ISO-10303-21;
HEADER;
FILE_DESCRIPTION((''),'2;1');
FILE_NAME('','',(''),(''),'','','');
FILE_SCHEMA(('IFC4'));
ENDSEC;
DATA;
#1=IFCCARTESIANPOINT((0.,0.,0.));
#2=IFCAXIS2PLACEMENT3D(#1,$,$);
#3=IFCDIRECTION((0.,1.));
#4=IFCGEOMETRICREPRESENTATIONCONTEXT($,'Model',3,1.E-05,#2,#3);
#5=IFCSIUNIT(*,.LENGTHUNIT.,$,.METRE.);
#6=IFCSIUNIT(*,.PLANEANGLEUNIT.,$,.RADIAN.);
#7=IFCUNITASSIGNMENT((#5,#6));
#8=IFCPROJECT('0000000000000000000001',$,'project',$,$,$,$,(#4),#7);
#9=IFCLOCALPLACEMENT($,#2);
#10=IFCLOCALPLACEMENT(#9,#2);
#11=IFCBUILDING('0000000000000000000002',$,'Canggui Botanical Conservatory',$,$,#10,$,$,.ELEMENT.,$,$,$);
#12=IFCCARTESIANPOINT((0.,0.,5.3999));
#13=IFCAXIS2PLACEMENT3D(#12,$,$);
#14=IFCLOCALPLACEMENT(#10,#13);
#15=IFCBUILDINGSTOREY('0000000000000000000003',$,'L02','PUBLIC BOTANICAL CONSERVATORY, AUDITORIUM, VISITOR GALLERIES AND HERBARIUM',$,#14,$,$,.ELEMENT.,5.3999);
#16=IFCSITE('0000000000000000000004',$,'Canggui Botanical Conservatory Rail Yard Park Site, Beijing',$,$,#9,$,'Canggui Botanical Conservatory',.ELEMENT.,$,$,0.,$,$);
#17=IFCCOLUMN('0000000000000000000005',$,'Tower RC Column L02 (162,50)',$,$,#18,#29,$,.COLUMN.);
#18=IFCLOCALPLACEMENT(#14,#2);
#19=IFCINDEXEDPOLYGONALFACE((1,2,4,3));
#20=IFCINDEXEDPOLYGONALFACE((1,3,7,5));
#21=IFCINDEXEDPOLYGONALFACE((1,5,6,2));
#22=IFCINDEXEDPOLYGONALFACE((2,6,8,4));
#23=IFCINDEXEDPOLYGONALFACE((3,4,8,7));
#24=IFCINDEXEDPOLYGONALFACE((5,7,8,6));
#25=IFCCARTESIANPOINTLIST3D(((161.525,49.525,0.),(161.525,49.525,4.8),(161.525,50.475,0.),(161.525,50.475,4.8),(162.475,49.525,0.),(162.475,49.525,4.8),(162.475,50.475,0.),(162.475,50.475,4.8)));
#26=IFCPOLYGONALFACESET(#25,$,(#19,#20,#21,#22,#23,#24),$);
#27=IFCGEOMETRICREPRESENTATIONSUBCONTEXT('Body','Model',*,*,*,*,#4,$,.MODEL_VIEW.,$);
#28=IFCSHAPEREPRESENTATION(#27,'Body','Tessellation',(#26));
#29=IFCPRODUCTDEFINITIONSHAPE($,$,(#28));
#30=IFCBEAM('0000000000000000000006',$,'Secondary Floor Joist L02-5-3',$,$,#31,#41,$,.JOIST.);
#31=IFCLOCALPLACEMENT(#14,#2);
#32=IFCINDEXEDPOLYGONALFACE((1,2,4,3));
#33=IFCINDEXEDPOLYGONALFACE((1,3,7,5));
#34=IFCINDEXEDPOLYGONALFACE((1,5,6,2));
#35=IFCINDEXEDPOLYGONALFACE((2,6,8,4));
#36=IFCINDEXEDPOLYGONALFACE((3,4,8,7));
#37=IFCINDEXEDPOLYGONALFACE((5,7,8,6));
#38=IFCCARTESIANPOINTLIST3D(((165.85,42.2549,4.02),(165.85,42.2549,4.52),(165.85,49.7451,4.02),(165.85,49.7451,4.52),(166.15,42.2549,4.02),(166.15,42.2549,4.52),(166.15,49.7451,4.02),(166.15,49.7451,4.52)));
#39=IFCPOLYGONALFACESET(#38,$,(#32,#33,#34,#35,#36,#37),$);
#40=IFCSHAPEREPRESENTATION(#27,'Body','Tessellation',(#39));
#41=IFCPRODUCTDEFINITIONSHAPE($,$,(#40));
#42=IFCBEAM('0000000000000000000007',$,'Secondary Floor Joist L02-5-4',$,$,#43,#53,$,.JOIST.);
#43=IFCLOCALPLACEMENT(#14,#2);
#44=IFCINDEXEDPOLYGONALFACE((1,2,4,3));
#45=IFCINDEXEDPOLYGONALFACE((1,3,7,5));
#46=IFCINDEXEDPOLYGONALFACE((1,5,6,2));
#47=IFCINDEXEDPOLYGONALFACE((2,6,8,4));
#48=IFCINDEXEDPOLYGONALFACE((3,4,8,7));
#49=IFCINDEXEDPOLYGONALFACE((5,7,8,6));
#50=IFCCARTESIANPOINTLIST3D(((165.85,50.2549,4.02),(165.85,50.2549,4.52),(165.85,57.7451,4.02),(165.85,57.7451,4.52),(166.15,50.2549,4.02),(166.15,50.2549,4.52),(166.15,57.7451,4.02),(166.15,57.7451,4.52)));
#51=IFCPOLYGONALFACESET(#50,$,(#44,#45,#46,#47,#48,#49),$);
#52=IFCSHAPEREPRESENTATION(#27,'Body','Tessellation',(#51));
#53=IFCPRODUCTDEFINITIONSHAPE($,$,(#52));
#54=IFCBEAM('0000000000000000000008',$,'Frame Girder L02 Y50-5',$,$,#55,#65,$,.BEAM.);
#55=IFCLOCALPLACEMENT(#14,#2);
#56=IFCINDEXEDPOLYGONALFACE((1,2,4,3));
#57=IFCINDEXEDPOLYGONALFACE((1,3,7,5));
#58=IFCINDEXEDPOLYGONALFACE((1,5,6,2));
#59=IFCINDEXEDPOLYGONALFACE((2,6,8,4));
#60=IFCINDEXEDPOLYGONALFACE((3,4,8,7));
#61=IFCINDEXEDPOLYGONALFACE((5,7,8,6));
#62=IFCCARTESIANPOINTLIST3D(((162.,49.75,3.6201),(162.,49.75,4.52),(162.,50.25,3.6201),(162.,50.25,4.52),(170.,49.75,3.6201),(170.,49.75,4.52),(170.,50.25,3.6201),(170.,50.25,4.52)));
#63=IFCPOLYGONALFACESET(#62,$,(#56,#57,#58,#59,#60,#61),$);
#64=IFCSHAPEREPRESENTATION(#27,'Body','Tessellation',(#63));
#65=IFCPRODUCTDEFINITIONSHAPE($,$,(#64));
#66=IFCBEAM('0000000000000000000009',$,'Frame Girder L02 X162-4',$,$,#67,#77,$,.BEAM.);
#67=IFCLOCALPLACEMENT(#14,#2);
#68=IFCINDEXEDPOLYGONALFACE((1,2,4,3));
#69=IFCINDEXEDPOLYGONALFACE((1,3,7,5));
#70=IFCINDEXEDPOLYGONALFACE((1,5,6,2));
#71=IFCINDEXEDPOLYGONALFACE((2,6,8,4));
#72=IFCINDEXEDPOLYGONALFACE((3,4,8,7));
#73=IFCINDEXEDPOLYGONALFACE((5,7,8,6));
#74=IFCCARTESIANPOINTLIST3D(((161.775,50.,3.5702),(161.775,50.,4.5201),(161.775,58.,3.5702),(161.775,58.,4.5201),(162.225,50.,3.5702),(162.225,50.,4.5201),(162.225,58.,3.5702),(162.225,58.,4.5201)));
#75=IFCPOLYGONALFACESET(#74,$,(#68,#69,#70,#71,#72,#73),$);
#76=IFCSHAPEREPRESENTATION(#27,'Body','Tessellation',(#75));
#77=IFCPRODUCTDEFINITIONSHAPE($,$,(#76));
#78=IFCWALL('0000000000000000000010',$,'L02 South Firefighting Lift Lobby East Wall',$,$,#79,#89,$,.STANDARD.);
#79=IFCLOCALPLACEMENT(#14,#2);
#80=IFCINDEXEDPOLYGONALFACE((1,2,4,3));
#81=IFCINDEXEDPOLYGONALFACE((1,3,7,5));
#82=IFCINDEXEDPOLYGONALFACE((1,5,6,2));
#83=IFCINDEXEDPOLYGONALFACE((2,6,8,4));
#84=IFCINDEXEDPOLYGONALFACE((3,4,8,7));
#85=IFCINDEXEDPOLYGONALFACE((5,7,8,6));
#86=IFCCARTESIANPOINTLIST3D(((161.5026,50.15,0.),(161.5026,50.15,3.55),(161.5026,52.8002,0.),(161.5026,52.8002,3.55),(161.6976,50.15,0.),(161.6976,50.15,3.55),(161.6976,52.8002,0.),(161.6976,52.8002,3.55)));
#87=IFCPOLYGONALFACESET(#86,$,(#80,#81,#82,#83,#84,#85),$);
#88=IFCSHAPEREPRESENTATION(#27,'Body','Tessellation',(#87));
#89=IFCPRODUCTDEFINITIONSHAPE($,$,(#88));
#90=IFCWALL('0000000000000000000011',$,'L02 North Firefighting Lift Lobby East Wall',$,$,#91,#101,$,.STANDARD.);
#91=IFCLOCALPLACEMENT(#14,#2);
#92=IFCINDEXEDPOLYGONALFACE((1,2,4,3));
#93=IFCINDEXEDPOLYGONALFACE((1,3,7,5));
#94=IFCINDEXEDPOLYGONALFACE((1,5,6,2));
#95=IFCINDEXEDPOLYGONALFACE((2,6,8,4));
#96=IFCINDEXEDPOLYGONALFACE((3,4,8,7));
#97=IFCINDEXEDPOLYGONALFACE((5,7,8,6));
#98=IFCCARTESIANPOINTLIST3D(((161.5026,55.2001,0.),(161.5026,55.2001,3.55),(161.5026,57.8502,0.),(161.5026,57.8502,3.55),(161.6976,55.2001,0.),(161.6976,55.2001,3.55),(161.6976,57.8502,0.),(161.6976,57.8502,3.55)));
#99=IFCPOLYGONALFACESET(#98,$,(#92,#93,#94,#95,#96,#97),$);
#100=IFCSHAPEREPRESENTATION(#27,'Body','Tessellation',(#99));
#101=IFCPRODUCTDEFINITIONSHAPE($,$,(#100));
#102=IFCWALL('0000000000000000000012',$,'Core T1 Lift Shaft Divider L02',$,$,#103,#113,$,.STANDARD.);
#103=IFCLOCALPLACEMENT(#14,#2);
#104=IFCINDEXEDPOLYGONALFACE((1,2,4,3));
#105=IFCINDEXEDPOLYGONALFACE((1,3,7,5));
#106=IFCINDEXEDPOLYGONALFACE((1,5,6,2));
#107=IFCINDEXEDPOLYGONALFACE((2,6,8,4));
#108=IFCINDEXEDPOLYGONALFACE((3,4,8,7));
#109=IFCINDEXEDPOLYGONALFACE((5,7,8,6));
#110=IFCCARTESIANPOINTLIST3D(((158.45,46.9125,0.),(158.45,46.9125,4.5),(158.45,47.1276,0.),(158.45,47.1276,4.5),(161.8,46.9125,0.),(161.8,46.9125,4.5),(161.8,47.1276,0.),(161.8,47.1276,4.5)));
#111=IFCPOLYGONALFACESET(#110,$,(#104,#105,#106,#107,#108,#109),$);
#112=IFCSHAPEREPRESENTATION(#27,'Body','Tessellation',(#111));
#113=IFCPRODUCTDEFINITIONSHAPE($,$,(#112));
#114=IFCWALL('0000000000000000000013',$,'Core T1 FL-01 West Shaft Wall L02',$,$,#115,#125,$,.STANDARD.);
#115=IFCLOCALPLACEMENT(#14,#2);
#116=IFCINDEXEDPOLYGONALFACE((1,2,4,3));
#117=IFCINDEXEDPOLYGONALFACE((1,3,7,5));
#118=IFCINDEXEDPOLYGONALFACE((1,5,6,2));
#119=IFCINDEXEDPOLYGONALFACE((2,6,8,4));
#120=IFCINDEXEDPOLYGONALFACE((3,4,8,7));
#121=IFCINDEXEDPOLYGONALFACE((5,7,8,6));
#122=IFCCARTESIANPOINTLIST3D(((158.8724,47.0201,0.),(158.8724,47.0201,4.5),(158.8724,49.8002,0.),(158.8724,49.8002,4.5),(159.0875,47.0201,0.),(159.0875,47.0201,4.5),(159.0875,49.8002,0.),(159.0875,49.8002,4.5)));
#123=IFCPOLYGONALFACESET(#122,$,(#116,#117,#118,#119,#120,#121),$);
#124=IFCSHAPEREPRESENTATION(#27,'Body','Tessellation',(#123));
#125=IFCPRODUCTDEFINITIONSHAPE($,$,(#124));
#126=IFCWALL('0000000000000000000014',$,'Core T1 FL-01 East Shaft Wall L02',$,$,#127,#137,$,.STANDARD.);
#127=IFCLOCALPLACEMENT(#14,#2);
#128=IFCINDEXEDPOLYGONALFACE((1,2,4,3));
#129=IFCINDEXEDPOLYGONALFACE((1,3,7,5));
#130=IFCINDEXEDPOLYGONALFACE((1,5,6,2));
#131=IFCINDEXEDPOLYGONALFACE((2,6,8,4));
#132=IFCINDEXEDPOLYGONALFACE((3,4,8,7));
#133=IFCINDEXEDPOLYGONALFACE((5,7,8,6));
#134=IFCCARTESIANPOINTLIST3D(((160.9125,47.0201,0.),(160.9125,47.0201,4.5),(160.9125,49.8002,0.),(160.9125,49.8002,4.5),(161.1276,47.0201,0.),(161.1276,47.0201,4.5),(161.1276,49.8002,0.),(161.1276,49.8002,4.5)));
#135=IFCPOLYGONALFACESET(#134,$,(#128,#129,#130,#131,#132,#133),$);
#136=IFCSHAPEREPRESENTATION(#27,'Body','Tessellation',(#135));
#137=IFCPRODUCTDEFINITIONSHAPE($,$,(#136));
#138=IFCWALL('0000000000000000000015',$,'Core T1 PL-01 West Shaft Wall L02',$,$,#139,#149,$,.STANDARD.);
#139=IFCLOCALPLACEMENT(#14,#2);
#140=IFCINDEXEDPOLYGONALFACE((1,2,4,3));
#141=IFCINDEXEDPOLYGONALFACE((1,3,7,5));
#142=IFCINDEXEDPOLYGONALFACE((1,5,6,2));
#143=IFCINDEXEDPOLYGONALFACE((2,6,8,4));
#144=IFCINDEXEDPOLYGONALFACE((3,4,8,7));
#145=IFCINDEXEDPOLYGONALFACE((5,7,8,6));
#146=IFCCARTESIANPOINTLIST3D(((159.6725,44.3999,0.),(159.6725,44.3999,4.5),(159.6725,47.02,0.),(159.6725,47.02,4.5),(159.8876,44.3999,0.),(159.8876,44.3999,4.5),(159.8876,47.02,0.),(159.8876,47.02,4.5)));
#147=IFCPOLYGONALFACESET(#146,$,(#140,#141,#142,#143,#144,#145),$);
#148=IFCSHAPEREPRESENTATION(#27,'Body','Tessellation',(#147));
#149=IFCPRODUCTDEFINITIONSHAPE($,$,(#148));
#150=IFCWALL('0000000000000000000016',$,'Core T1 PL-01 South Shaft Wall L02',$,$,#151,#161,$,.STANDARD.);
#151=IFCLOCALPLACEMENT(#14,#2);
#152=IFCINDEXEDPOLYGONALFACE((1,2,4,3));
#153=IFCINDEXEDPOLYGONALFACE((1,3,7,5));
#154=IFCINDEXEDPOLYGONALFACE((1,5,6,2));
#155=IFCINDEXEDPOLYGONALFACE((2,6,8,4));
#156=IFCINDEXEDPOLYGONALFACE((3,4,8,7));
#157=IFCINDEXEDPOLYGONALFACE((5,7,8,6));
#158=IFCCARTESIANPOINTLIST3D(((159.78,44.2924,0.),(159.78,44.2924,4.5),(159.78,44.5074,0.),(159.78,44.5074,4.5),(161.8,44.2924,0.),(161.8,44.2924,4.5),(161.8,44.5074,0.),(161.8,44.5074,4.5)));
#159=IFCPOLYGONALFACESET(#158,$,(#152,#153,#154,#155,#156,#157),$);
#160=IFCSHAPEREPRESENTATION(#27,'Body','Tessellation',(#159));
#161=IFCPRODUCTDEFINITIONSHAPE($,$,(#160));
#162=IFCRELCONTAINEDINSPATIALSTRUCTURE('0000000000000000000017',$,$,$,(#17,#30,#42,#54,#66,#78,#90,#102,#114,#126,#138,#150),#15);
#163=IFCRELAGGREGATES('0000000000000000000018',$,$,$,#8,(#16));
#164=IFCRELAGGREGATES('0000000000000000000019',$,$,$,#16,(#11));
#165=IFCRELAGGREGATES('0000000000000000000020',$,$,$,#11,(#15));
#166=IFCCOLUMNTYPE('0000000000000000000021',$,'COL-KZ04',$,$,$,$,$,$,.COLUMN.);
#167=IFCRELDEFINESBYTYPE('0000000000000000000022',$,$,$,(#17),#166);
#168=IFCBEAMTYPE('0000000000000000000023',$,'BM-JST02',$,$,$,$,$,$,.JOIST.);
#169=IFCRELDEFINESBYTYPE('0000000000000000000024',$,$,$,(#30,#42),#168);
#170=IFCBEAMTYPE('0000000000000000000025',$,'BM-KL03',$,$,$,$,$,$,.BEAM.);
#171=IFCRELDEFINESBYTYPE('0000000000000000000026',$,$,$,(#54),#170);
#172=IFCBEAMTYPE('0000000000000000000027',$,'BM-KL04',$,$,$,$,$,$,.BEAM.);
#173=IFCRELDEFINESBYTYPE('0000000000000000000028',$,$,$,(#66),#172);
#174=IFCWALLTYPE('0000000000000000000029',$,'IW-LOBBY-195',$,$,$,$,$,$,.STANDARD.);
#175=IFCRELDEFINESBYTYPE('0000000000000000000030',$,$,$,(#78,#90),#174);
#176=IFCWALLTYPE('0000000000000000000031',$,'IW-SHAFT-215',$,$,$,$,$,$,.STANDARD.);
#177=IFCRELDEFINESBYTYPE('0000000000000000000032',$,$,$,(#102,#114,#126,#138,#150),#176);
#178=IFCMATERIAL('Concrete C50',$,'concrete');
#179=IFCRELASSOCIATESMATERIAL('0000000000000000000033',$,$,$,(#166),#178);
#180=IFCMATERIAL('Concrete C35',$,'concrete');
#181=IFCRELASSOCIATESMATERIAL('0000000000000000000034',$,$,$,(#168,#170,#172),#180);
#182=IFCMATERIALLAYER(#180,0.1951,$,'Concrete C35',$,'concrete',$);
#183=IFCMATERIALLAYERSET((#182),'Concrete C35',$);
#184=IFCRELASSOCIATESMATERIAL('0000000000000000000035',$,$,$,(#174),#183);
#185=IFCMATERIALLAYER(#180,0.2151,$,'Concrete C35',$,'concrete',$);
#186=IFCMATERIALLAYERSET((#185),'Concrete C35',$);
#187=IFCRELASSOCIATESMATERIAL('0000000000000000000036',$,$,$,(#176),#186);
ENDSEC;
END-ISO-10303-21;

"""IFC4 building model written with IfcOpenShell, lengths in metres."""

from ifc_helpers import new_model, si_unit, direction, frame, frame_2d, origin, origin_2d, place, context, subcontext, project, spatial, rectangle, extrude, material, layer, layer_set, material_profile, profile_set, type_object, element, save


model = new_model("IFC4")

# Units and contexts
model_context = context("Model", 3, precision=1e-05, world=origin(), true_north=direction((0.0, 1.0)))
body_context = subcontext(model_context, "Body", "Model", "MODEL_VIEW")
ifc_project = project(units=[si_unit("LENGTHUNIT", "METRE"), si_unit("PLANEANGLEUNIT", "RADIAN")], contexts=[model_context])

# Site, building, storey
site_placement = place(None, origin())
site = spatial("IfcSite", under=ifc_project, at=site_placement, Name="Canggui Botanical Conservatory Rail Yard Park Site, Beijing", LongName="Canggui Botanical Conservatory", CompositionType="ELEMENT", RefElevation=0.0)
building_placement = place(site_placement, origin())
building = spatial("IfcBuilding", under=site, at=building_placement, Name="Canggui Botanical Conservatory", CompositionType="ELEMENT")
storey_placement = place(building_placement, frame((0.0, 0.0, 5.3999)))
storey = spatial("IfcBuildingStorey", under=building, at=storey_placement, Name="L02", Description="PUBLIC BOTANICAL CONSERVATORY, AUDITORIUM, VISITOR GALLERIES AND HERBARIUM", CompositionType="ELEMENT", Elevation=5.3999)

# Column
ifc_material_1 = material(Name="Concrete C50", Category="concrete")
ifc_material_profile_1 = material_profile(ifc_material_1, rectangle(XDim=0.95, YDim=0.95, at=origin_2d()), Name="RC 950x950")
ifc_profile_set_1 = profile_set([ifc_material_profile_1], Name="Concrete C50")
column_type = type_object("IfcColumnType", Name="COL-KZ04", PredefinedType="COLUMN", material=ifc_profile_set_1)
column_placement = place(storey_placement, frame((162.0, 50.0, 0.0), z_axis=(0.0, 0.0, 1.0), x_axis=(1.0, 0.0, 0.0)))
element("IfcColumn", 1, at=column_placement, inside=storey, type_object=column_type, Name="Tower RC Column L02 (162,50)", PredefinedType="COLUMN", context=body_context, shape_type="SweptSolid", body=[
    extrude(rectangle(XDim=0.95, YDim=0.95, at=origin_2d()), origin(), (0.0, 0.0, 1.0), 4.8),
])

# Beams
ifc_material_2 = material(Name="Concrete C35", Category="concrete")
ifc_material_profile_2 = material_profile(ifc_material_2, rectangle(XDim=0.3, YDim=0.5, at=origin_2d()), Name="RB 300x500")
ifc_profile_set_2 = profile_set([ifc_material_profile_2], Name="Concrete C35")
beam_type_1 = type_object("IfcBeamType", Name="BM-JST02", PredefinedType="JOIST", material=ifc_profile_set_2)
for number, where, z_axis, x_axis, name in (
    (2, (166.0, 42.2549, 4.27), (0.0, 1.0, 0.0), (-1.0, 0.0, 0.0), "Secondary Floor Joist L02-5-3"),
    (3, (166.0, 50.2549, 4.27), (0.0, 1.0, 0.0), (-1.0, 0.0, 0.0), "Secondary Floor Joist L02-5-4"),
):
    element("IfcBeam", number, at=place(storey_placement, frame(where, z_axis=z_axis, x_axis=x_axis)), inside=storey, type_object=beam_type_1, Name=name, PredefinedType="JOIST", context=body_context, shape_type="SweptSolid", body=[
        extrude(rectangle(XDim=0.3, YDim=0.5, at=origin_2d()), origin(), (0.0, 0.0, 1.0), 7.4902),
    ])
ifc_material_profile_3 = material_profile(ifc_material_2, rectangle(XDim=0.5, YDim=0.8999, at=origin_2d()), Name="RB 500x900")
ifc_profile_set_3 = profile_set([ifc_material_profile_3], Name="Concrete C35")
beam_type_2 = type_object("IfcBeamType", Name="BM-KL03", PredefinedType="BEAM", material=ifc_profile_set_3)
beam_1_placement = place(storey_placement, frame((162.0, 50.0, 4.0701), z_axis=(1.0, 0.0, 0.0), x_axis=(0.0, 1.0, 0.0)))
element("IfcBeam", 4, at=beam_1_placement, inside=storey, type_object=beam_type_2, Name="Frame Girder L02 Y50-5", PredefinedType="BEAM", context=body_context, shape_type="SweptSolid", body=[
    extrude(rectangle(XDim=0.5, YDim=0.8999, at=origin_2d()), origin(), (0.0, 0.0, 1.0), 8.0),
])
ifc_material_profile_4 = material_profile(ifc_material_2, rectangle(XDim=0.45, YDim=0.95, at=origin_2d()), Name="RB 450x950")
ifc_profile_set_4 = profile_set([ifc_material_profile_4], Name="Concrete C35")
beam_type_3 = type_object("IfcBeamType", Name="BM-KL04", PredefinedType="BEAM", material=ifc_profile_set_4)
beam_2_placement = place(storey_placement, frame((162.0, 50.0, 4.0452), z_axis=(0.0, 1.0, 0.0), x_axis=(-1.0, 0.0, 0.0)))
element("IfcBeam", 5, at=beam_2_placement, inside=storey, type_object=beam_type_3, Name="Frame Girder L02 X162-4", PredefinedType="BEAM", context=body_context, shape_type="SweptSolid", body=[
    extrude(rectangle(XDim=0.45, YDim=0.95, at=origin_2d()), origin(), (0.0, 0.0, 1.0), 8.0),
])

# Walls
ifc_layer_1 = layer(ifc_material_2, 0.1951, Name="Concrete C35", Category="concrete")
ifc_layer_set_1 = layer_set([ifc_layer_1], Name="Concrete C35")
wall_type_1 = type_object("IfcWallType", Name="IW-LOBBY-195", PredefinedType="STANDARD", material=ifc_layer_set_1)
for number, where, z_axis, x_axis, name in (
    (6, (161.6001, 50.1499, 0.0), (0.0, 0.0, 1.0), (0.0, 1.0, 0.0), "L02 South Firefighting Lift Lobby East Wall"),
    (7, (161.6001, 55.2, 0.0), (0.0, 0.0, 1.0), (0.0, 1.0, 0.0), "L02 North Firefighting Lift Lobby East Wall"),
):
    element("IfcWall", number, at=place(storey_placement, frame(where, z_axis=z_axis, x_axis=x_axis)), inside=storey, type_object=wall_type_1, Name=name, PredefinedType="STANDARD", context=body_context, shape_type="SweptSolid", body=[
        extrude(rectangle(XDim=2.6501, YDim=0.1951, at=frame_2d((1.3252, 0.0))), origin(), (0.0, 0.0, 1.0), 3.55),
    ])
ifc_layer_2 = layer(ifc_material_2, 0.2151, Name="Concrete C35", Category="concrete")
ifc_layer_set_2 = layer_set([ifc_layer_2], Name="Concrete C35")
wall_type_2 = type_object("IfcWallType", Name="IW-SHAFT-215", PredefinedType="STANDARD", material=ifc_layer_set_2)
wall_1_placement = place(storey_placement, frame((158.45, 47.02, 0.0), z_axis=(0.0, 0.0, 1.0), x_axis=(1.0, 0.0, 0.0)))
element("IfcWall", 8, at=wall_1_placement, inside=storey, type_object=wall_type_2, Name="Core T1 Lift Shaft Divider L02", PredefinedType="STANDARD", context=body_context, shape_type="SweptSolid", body=[
    extrude(rectangle(XDim=3.3501, YDim=0.2151, at=frame_2d((1.675, 0.0))), origin(), (0.0, 0.0, 1.0), 4.5),
])
for number, where, z_axis, x_axis, name in (
    (9, (158.98, 47.02, 0.0), (0.0, 0.0, 1.0), (0.0, 1.0, 0.0), "Core T1 FL-01 West Shaft Wall L02"),
    (10, (161.02, 47.02, 0.0), (0.0, 0.0, 1.0), (0.0, 1.0, 0.0), "Core T1 FL-01 East Shaft Wall L02"),
):
    element("IfcWall", number, at=place(storey_placement, frame(where, z_axis=z_axis, x_axis=x_axis)), inside=storey, type_object=wall_type_2, Name=name, PredefinedType="STANDARD", context=body_context, shape_type="SweptSolid", body=[
        extrude(rectangle(XDim=2.78, YDim=0.2151, at=frame_2d((1.3901, 0.0))), origin(), (0.0, 0.0, 1.0), 4.5),
    ])
wall_2_placement = place(storey_placement, frame((159.78, 44.3999, 0.0), z_axis=(0.0, 0.0, 1.0), x_axis=(0.0, 1.0, 0.0)))
element("IfcWall", 11, at=wall_2_placement, inside=storey, type_object=wall_type_2, Name="Core T1 PL-01 West Shaft Wall L02", PredefinedType="STANDARD", context=body_context, shape_type="SweptSolid", body=[
    extrude(rectangle(XDim=2.6201, YDim=0.2151, at=frame_2d((1.3101, 0.0))), origin(), (0.0, 0.0, 1.0), 4.5),
])
wall_3_placement = place(storey_placement, frame((159.78, 44.3999, 0.0), z_axis=(0.0, 0.0, 1.0), x_axis=(1.0, 0.0, 0.0)))
element("IfcWall", 12, at=wall_3_placement, inside=storey, type_object=wall_type_2, Name="Core T1 PL-01 South Shaft Wall L02", PredefinedType="STANDARD", context=body_context, shape_type="SweptSolid", body=[
    extrude(rectangle(XDim=2.02, YDim=0.2151, at=frame_2d((1.01, 0.0))), origin(), (0.0, 0.0, 1.0), 4.5),
])

save(model, "model.ifc")
